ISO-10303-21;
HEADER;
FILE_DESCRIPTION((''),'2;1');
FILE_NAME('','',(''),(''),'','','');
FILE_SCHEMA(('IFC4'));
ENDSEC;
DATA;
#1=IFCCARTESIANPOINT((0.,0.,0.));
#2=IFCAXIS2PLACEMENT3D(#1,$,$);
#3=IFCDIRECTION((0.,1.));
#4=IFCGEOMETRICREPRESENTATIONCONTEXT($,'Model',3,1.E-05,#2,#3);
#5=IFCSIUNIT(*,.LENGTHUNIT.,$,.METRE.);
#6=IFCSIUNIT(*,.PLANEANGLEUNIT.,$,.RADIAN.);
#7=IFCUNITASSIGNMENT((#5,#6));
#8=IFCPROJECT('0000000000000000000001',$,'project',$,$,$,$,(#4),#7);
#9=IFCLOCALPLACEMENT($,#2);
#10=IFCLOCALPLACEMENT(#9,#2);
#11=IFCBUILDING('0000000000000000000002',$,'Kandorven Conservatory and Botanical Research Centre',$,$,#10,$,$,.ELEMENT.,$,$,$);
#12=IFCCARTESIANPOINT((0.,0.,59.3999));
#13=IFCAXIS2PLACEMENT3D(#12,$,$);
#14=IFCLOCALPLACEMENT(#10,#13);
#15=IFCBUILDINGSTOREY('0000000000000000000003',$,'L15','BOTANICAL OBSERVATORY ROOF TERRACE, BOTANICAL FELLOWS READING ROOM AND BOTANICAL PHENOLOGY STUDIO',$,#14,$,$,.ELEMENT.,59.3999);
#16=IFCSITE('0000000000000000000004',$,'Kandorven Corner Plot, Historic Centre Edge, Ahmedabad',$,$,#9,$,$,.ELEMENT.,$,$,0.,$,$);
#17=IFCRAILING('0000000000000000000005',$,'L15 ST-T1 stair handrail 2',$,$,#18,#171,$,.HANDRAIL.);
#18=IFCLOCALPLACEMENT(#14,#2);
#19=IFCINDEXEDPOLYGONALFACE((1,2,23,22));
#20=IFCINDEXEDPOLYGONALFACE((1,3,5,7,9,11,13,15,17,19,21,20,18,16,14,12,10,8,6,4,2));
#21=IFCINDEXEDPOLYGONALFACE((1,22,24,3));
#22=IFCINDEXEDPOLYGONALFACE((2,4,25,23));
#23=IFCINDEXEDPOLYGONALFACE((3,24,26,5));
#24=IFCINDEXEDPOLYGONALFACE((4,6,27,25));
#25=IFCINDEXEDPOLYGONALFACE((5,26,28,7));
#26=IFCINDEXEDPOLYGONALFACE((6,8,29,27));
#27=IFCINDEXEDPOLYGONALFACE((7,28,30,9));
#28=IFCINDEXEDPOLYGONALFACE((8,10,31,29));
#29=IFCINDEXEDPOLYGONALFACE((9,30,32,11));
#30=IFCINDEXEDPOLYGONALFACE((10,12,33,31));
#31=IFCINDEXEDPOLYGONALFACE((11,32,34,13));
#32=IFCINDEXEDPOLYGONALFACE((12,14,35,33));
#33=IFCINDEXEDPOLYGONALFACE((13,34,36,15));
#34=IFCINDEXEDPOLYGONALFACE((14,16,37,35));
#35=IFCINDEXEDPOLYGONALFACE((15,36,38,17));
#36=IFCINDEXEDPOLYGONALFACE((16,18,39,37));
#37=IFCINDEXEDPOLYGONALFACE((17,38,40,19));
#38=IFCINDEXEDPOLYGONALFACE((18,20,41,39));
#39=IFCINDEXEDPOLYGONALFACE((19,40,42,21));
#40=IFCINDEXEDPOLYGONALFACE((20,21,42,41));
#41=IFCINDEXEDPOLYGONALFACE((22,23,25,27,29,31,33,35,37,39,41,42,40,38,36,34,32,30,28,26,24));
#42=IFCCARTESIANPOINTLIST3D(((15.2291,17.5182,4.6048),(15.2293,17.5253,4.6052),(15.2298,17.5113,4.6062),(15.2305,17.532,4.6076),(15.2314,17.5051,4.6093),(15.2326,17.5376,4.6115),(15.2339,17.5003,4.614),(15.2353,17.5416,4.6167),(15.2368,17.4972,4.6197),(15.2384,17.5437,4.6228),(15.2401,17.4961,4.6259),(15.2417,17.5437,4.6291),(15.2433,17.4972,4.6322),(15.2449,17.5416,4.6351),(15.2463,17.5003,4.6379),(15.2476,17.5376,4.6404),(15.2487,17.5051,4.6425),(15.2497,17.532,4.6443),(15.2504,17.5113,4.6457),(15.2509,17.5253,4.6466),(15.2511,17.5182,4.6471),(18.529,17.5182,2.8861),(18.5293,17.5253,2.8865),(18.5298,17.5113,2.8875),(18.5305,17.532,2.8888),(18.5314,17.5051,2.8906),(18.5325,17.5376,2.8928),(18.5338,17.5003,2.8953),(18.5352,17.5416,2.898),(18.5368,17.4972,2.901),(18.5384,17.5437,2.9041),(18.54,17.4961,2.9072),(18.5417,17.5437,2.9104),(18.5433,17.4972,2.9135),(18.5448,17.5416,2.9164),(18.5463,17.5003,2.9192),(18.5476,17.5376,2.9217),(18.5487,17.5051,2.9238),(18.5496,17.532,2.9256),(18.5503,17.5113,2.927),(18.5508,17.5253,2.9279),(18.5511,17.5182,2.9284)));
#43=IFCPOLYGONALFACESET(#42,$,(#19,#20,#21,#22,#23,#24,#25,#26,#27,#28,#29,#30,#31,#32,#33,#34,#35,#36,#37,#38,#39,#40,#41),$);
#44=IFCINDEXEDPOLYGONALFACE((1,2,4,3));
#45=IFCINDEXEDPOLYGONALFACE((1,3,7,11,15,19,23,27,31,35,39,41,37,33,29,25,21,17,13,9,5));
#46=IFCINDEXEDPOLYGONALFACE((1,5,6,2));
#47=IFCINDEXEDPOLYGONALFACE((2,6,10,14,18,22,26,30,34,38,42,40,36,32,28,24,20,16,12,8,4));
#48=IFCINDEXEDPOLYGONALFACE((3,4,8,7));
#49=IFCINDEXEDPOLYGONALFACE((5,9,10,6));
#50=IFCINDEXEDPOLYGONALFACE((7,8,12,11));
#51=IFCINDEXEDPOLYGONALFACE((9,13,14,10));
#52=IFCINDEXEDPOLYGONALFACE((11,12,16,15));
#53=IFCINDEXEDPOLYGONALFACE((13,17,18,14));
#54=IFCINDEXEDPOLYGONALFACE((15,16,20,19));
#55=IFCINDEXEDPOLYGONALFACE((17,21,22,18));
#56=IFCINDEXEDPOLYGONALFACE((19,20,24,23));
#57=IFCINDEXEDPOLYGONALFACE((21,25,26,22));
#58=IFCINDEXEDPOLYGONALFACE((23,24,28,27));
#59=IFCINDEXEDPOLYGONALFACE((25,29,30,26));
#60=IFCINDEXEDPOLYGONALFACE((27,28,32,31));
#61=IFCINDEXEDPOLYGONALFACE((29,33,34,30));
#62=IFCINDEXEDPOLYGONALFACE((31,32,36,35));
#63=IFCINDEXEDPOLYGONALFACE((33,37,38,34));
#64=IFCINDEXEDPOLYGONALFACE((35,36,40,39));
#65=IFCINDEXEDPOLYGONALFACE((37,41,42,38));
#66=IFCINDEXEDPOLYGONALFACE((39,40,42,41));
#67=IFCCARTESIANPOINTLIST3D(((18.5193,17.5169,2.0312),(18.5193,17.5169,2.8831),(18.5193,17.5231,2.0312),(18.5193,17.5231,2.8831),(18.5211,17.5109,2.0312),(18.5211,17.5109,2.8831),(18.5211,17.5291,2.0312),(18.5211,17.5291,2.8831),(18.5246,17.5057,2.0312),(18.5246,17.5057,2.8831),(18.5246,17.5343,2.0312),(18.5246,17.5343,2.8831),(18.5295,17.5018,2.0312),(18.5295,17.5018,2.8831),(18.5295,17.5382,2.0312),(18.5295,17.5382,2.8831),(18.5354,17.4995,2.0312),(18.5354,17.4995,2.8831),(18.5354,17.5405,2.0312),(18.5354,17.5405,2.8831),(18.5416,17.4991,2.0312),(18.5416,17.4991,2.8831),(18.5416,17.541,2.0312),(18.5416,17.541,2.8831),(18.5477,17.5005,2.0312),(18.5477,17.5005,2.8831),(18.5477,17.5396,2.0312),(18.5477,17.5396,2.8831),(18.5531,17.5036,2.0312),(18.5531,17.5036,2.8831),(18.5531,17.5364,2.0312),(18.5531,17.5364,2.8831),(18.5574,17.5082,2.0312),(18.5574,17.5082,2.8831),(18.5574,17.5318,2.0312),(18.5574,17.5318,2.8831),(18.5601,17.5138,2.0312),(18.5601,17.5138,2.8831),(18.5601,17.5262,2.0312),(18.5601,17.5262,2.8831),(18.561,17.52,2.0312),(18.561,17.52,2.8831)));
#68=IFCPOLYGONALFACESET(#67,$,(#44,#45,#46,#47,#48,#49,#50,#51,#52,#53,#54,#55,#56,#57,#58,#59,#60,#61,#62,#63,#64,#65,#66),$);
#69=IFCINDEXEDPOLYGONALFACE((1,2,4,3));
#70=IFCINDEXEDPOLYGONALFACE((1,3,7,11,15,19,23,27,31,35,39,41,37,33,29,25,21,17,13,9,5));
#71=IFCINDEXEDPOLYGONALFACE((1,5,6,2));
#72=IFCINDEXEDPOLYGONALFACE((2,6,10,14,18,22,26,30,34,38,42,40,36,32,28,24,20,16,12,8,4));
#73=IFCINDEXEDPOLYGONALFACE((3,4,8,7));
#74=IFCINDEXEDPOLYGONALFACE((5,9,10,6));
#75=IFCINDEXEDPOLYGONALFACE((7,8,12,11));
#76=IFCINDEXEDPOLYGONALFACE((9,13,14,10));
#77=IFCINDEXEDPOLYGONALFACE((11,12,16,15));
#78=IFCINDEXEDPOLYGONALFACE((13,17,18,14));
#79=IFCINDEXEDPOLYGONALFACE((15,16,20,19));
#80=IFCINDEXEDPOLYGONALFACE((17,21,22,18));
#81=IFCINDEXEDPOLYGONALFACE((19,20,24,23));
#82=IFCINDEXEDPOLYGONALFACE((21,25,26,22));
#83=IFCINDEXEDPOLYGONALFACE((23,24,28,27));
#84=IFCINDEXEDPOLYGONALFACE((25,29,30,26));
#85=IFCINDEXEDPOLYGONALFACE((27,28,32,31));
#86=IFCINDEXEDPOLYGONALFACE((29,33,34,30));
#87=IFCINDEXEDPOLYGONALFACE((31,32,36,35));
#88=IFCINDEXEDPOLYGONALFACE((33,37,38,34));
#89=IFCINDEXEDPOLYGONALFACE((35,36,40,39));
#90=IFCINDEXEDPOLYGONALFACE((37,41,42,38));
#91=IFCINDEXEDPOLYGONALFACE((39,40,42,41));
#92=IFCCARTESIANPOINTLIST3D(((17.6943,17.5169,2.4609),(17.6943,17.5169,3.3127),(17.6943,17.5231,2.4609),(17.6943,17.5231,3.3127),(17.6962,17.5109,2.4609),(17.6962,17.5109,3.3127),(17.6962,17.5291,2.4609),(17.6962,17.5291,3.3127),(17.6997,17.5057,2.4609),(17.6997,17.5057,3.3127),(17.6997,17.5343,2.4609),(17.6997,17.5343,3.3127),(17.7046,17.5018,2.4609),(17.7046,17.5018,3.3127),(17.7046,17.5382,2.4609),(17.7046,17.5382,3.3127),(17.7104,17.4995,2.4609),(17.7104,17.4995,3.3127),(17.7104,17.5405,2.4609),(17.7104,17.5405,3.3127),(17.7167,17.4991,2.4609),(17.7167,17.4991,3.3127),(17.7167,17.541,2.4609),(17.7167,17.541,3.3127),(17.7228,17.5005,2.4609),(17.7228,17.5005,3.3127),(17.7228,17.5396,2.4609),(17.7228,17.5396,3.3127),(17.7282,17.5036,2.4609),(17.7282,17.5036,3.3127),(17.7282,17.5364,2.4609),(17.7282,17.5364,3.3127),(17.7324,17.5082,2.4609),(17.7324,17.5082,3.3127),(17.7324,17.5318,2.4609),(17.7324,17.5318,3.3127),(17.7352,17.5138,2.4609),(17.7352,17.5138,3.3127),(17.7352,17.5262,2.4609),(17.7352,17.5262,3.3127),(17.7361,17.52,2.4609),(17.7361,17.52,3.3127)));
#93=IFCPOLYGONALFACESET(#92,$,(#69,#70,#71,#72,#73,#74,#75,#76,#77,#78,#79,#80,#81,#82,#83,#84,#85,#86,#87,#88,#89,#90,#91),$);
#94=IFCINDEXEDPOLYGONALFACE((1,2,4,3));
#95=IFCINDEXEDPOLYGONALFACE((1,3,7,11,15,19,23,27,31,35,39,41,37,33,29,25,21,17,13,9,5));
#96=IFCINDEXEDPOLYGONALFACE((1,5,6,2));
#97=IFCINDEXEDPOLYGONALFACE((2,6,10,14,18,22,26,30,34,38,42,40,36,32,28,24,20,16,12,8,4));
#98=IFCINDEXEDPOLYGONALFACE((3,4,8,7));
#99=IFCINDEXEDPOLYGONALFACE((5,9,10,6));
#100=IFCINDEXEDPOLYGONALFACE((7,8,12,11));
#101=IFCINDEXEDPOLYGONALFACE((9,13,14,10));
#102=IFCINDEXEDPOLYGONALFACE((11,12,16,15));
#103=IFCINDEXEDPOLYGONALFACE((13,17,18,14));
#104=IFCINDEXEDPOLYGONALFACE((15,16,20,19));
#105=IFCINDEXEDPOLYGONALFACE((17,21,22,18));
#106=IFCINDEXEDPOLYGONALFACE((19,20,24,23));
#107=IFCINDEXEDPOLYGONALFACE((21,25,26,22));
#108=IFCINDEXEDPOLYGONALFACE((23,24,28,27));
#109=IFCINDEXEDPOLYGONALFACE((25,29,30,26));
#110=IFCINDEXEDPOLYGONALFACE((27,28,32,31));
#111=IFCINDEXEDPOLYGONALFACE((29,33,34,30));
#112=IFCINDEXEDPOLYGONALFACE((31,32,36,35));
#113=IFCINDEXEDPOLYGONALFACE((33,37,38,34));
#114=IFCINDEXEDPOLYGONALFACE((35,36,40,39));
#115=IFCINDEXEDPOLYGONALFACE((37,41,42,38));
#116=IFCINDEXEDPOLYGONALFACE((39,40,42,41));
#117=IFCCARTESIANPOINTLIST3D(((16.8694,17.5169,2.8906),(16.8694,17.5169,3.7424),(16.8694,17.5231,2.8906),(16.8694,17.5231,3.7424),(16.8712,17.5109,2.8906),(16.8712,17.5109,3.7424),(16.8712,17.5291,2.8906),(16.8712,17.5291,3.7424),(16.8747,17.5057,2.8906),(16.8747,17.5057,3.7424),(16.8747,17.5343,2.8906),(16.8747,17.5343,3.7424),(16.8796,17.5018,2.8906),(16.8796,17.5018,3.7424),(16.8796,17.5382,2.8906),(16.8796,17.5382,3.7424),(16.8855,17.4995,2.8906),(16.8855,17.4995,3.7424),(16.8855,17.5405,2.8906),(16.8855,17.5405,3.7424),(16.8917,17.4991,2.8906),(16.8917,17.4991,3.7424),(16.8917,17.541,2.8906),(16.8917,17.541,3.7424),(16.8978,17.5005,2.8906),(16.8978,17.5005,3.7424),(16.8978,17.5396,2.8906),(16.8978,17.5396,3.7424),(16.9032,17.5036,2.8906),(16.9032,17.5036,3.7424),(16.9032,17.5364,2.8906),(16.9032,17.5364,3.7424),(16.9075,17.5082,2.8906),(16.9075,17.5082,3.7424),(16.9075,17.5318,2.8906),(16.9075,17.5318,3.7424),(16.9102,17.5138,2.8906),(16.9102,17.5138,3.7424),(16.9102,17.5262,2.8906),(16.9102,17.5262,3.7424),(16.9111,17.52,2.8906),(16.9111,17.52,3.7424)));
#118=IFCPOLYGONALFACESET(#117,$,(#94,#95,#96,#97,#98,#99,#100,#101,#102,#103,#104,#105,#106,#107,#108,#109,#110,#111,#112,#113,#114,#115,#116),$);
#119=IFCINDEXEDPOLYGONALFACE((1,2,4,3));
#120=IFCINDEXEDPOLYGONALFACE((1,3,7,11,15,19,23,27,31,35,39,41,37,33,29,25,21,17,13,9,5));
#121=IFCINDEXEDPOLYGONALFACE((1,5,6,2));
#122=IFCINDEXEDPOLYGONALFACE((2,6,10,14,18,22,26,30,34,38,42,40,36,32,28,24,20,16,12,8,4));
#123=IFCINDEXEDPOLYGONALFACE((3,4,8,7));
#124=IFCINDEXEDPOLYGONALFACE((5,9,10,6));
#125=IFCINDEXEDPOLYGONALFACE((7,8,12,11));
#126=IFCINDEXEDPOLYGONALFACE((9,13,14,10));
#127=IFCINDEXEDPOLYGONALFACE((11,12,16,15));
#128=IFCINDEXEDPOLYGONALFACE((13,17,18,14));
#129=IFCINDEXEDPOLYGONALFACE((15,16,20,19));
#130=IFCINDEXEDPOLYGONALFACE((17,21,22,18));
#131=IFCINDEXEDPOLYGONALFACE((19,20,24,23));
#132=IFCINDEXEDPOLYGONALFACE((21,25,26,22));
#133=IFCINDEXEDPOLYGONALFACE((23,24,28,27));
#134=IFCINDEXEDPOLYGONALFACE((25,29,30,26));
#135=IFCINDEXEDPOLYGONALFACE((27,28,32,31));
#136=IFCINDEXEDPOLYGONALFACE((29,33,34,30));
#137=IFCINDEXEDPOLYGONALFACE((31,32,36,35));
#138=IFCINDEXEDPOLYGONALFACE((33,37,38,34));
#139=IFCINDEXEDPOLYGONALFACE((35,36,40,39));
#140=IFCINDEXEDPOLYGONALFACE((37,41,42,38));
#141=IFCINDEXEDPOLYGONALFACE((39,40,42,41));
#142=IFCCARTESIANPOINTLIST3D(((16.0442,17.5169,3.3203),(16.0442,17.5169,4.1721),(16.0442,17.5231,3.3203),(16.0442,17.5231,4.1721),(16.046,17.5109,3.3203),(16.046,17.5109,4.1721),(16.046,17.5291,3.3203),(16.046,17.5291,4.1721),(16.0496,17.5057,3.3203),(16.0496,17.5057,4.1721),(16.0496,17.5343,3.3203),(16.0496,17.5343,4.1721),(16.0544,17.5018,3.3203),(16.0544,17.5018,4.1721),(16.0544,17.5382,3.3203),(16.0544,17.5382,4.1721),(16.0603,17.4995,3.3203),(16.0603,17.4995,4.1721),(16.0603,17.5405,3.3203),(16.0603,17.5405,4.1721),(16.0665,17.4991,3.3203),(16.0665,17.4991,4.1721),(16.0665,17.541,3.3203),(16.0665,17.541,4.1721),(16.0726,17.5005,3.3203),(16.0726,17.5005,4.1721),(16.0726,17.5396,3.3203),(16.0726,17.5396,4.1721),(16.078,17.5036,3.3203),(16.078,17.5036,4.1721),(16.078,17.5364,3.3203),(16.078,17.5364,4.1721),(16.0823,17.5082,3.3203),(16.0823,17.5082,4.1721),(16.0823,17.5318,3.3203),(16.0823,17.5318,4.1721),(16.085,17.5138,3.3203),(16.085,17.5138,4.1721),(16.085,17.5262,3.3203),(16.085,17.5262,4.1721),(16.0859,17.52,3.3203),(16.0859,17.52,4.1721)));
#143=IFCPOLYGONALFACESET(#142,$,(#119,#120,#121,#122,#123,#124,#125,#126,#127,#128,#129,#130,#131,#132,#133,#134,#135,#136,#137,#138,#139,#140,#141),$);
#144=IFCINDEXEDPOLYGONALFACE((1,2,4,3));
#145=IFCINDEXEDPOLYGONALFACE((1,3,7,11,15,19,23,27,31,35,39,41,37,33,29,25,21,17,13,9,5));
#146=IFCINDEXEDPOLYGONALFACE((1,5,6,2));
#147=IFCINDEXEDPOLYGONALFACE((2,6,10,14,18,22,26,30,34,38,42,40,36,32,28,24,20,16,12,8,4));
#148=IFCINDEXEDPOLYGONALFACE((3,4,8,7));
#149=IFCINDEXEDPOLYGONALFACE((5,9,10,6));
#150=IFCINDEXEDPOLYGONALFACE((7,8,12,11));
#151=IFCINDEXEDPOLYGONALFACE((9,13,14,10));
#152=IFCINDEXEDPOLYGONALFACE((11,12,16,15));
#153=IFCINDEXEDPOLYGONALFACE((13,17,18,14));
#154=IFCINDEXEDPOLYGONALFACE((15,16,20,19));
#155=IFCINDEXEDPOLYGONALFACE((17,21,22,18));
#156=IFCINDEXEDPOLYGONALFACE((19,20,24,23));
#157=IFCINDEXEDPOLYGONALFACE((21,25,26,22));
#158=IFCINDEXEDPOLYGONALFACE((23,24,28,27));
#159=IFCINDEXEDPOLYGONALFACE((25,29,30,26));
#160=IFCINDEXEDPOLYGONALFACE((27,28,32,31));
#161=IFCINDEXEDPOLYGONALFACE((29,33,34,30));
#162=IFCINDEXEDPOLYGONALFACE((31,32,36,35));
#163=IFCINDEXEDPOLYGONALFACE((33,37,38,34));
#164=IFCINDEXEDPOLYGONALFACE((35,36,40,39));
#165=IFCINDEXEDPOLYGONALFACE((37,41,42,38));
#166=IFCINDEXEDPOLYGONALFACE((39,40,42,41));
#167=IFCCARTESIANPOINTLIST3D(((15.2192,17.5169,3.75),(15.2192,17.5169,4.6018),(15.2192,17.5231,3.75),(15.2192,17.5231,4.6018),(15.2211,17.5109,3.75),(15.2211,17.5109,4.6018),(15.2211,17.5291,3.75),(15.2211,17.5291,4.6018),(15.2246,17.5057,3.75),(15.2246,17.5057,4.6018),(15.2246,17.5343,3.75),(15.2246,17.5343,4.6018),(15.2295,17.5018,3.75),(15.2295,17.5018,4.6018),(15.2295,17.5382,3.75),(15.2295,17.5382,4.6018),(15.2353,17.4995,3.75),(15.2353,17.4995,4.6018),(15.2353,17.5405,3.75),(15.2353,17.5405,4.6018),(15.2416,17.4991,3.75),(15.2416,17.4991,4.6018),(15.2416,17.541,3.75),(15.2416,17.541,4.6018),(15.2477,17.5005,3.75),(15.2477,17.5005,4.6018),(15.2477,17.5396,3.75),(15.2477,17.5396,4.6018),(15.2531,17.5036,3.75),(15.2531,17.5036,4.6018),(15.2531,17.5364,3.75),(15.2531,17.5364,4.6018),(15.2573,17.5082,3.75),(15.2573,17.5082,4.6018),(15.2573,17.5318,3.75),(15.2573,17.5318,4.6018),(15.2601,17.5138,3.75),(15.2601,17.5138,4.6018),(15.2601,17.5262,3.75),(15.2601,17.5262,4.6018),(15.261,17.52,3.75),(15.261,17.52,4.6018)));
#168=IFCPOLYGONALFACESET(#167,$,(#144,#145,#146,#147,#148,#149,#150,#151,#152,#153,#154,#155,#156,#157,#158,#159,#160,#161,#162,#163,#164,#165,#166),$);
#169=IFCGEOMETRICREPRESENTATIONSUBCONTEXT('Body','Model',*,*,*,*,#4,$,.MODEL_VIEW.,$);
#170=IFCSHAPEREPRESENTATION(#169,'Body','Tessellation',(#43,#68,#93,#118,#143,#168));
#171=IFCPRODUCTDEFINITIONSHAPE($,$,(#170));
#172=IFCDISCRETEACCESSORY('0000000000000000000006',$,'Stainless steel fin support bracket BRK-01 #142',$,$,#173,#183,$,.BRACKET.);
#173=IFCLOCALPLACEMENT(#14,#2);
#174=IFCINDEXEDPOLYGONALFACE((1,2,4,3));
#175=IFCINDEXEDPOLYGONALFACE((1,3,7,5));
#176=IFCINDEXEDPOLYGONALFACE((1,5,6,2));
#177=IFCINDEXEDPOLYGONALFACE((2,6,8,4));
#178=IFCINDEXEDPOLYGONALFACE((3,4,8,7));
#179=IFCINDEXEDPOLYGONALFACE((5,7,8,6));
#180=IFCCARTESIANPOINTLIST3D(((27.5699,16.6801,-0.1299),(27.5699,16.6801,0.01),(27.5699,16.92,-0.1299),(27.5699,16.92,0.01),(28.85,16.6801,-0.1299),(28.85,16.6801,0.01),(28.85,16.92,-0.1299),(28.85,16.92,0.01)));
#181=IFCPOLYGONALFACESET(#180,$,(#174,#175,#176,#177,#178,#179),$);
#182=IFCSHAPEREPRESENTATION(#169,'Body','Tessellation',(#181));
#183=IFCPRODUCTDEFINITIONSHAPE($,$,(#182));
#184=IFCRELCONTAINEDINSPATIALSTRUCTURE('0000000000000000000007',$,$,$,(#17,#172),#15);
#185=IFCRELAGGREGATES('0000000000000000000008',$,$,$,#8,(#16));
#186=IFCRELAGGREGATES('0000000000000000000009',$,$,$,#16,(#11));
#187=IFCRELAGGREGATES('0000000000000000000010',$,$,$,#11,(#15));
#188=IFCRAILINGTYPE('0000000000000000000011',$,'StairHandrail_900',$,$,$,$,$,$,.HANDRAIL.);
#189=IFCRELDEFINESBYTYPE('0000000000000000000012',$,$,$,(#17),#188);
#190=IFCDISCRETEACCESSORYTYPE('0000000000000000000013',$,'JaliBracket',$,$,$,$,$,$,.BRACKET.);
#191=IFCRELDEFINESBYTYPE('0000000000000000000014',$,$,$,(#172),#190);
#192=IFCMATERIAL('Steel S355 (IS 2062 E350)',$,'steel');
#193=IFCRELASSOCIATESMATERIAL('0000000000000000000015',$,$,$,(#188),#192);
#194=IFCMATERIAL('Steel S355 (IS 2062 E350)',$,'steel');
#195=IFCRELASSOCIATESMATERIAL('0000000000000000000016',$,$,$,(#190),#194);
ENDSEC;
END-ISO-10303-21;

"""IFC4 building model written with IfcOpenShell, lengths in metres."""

from ifc_helpers import new_model, si_unit, direction, frame, origin, origin_2d, place, context, subcontext, project, spatial, rectangle, circle, extrude, material, type_object, element, save


model = new_model("IFC4")

# Units and contexts
model_context = context("Model", 3, precision=1e-05, world=origin(), true_north=direction((0.0, 1.0)))
body_context = subcontext(model_context, "Body", "Model", "MODEL_VIEW")
ifc_project = project(units=[si_unit("LENGTHUNIT", "METRE"), si_unit("PLANEANGLEUNIT", "RADIAN")], contexts=[model_context])

# Site, building, storey
site_placement = place(None, origin())
site = spatial("IfcSite", under=ifc_project, at=site_placement, Name="Kandorven Corner Plot, Historic Centre Edge, Ahmedabad", CompositionType="ELEMENT", RefElevation=0.0)
building_placement = place(site_placement, origin())
building = spatial("IfcBuilding", under=site, at=building_placement, Name="Kandorven Conservatory and Botanical Research Centre", CompositionType="ELEMENT")
storey_placement = place(building_placement, frame((0.0, 0.0, 59.3999)))
storey = spatial("IfcBuildingStorey", under=building, at=storey_placement, Name="L15", Description="BOTANICAL OBSERVATORY ROOF TERRACE, BOTANICAL FELLOWS READING ROOM AND BOTANICAL PHENOLOGY STUDIO", CompositionType="ELEMENT", Elevation=59.3999)

# Railing
ifc_material_1 = material(Name="Steel S355 (IS 2062 E350)", Category="steel")
railing_type_1 = type_object("IfcRailingType", Name="StairHandrail_900", PredefinedType="HANDRAIL", material=ifc_material_1)
railing_1_placement = place(storey_placement, frame((18.54, 17.52, 2.0312)))
element("IfcRailing", 1, at=railing_1_placement, inside=storey, type_object=railing_type_1, Name="L15 ST-T1 stair handrail 2", PredefinedType="HANDRAIL", context=body_context, shape_type="SweptSolid", body=[
    extrude(circle(Radius=0.0239, at=origin_2d()), frame((0.0, 0.0, 0.876), z_axis=(-0.886917, 0.0, 0.461929), x_axis=(0.0, -1.0, 0.0)), (0.0, 0.0, 1.0), 3.7207),
    extrude(circle(Radius=0.021, at=origin_2d()), origin(), (0.0, 0.0, 1.0), 0.8518),
    extrude(circle(Radius=0.021, at=origin_2d()), frame((-0.825, 0.0, 0.4297)), (0.0, 0.0, 1.0), 0.8518),
    extrude(circle(Radius=0.021, at=origin_2d()), frame((-1.6499, 0.0, 0.8594)), (0.0, 0.0, 1.0), 0.8518),
    extrude(circle(Radius=0.021, at=origin_2d()), frame((-2.4751, 0.0, 1.2891)), (0.0, 0.0, 1.0), 0.8518),
    extrude(circle(Radius=0.021, at=origin_2d()), frame((-3.3, 0.0, 1.7188)), (0.0, 0.0, 1.0), 0.8518),
])

# Discrete accessory
ifc_material_2 = material(Name="Steel S355 (IS 2062 E350)", Category="steel")
discrete_accessory_type = type_object("IfcDiscreteAccessoryType", Name="JaliBracket", PredefinedType="BRACKET", material=ifc_material_2)
discrete_accessory_placement = place(storey_placement, frame((28.21, 16.8, -0.1299), z_axis=(0.0, 0.0, 1.0), x_axis=(1.0, 0.0, 0.0)))
element("IfcDiscreteAccessory", 2, at=discrete_accessory_placement, inside=storey, type_object=discrete_accessory_type, Name="Stainless steel fin support bracket BRK-01 #142", PredefinedType="BRACKET", context=body_context, shape_type="SweptSolid", body=[
    extrude(rectangle(XDim=1.28, YDim=0.24, at=origin_2d()), origin(), (0.0, 0.0, 1.0), 0.1399),
])

save(model, "model.ifc")
